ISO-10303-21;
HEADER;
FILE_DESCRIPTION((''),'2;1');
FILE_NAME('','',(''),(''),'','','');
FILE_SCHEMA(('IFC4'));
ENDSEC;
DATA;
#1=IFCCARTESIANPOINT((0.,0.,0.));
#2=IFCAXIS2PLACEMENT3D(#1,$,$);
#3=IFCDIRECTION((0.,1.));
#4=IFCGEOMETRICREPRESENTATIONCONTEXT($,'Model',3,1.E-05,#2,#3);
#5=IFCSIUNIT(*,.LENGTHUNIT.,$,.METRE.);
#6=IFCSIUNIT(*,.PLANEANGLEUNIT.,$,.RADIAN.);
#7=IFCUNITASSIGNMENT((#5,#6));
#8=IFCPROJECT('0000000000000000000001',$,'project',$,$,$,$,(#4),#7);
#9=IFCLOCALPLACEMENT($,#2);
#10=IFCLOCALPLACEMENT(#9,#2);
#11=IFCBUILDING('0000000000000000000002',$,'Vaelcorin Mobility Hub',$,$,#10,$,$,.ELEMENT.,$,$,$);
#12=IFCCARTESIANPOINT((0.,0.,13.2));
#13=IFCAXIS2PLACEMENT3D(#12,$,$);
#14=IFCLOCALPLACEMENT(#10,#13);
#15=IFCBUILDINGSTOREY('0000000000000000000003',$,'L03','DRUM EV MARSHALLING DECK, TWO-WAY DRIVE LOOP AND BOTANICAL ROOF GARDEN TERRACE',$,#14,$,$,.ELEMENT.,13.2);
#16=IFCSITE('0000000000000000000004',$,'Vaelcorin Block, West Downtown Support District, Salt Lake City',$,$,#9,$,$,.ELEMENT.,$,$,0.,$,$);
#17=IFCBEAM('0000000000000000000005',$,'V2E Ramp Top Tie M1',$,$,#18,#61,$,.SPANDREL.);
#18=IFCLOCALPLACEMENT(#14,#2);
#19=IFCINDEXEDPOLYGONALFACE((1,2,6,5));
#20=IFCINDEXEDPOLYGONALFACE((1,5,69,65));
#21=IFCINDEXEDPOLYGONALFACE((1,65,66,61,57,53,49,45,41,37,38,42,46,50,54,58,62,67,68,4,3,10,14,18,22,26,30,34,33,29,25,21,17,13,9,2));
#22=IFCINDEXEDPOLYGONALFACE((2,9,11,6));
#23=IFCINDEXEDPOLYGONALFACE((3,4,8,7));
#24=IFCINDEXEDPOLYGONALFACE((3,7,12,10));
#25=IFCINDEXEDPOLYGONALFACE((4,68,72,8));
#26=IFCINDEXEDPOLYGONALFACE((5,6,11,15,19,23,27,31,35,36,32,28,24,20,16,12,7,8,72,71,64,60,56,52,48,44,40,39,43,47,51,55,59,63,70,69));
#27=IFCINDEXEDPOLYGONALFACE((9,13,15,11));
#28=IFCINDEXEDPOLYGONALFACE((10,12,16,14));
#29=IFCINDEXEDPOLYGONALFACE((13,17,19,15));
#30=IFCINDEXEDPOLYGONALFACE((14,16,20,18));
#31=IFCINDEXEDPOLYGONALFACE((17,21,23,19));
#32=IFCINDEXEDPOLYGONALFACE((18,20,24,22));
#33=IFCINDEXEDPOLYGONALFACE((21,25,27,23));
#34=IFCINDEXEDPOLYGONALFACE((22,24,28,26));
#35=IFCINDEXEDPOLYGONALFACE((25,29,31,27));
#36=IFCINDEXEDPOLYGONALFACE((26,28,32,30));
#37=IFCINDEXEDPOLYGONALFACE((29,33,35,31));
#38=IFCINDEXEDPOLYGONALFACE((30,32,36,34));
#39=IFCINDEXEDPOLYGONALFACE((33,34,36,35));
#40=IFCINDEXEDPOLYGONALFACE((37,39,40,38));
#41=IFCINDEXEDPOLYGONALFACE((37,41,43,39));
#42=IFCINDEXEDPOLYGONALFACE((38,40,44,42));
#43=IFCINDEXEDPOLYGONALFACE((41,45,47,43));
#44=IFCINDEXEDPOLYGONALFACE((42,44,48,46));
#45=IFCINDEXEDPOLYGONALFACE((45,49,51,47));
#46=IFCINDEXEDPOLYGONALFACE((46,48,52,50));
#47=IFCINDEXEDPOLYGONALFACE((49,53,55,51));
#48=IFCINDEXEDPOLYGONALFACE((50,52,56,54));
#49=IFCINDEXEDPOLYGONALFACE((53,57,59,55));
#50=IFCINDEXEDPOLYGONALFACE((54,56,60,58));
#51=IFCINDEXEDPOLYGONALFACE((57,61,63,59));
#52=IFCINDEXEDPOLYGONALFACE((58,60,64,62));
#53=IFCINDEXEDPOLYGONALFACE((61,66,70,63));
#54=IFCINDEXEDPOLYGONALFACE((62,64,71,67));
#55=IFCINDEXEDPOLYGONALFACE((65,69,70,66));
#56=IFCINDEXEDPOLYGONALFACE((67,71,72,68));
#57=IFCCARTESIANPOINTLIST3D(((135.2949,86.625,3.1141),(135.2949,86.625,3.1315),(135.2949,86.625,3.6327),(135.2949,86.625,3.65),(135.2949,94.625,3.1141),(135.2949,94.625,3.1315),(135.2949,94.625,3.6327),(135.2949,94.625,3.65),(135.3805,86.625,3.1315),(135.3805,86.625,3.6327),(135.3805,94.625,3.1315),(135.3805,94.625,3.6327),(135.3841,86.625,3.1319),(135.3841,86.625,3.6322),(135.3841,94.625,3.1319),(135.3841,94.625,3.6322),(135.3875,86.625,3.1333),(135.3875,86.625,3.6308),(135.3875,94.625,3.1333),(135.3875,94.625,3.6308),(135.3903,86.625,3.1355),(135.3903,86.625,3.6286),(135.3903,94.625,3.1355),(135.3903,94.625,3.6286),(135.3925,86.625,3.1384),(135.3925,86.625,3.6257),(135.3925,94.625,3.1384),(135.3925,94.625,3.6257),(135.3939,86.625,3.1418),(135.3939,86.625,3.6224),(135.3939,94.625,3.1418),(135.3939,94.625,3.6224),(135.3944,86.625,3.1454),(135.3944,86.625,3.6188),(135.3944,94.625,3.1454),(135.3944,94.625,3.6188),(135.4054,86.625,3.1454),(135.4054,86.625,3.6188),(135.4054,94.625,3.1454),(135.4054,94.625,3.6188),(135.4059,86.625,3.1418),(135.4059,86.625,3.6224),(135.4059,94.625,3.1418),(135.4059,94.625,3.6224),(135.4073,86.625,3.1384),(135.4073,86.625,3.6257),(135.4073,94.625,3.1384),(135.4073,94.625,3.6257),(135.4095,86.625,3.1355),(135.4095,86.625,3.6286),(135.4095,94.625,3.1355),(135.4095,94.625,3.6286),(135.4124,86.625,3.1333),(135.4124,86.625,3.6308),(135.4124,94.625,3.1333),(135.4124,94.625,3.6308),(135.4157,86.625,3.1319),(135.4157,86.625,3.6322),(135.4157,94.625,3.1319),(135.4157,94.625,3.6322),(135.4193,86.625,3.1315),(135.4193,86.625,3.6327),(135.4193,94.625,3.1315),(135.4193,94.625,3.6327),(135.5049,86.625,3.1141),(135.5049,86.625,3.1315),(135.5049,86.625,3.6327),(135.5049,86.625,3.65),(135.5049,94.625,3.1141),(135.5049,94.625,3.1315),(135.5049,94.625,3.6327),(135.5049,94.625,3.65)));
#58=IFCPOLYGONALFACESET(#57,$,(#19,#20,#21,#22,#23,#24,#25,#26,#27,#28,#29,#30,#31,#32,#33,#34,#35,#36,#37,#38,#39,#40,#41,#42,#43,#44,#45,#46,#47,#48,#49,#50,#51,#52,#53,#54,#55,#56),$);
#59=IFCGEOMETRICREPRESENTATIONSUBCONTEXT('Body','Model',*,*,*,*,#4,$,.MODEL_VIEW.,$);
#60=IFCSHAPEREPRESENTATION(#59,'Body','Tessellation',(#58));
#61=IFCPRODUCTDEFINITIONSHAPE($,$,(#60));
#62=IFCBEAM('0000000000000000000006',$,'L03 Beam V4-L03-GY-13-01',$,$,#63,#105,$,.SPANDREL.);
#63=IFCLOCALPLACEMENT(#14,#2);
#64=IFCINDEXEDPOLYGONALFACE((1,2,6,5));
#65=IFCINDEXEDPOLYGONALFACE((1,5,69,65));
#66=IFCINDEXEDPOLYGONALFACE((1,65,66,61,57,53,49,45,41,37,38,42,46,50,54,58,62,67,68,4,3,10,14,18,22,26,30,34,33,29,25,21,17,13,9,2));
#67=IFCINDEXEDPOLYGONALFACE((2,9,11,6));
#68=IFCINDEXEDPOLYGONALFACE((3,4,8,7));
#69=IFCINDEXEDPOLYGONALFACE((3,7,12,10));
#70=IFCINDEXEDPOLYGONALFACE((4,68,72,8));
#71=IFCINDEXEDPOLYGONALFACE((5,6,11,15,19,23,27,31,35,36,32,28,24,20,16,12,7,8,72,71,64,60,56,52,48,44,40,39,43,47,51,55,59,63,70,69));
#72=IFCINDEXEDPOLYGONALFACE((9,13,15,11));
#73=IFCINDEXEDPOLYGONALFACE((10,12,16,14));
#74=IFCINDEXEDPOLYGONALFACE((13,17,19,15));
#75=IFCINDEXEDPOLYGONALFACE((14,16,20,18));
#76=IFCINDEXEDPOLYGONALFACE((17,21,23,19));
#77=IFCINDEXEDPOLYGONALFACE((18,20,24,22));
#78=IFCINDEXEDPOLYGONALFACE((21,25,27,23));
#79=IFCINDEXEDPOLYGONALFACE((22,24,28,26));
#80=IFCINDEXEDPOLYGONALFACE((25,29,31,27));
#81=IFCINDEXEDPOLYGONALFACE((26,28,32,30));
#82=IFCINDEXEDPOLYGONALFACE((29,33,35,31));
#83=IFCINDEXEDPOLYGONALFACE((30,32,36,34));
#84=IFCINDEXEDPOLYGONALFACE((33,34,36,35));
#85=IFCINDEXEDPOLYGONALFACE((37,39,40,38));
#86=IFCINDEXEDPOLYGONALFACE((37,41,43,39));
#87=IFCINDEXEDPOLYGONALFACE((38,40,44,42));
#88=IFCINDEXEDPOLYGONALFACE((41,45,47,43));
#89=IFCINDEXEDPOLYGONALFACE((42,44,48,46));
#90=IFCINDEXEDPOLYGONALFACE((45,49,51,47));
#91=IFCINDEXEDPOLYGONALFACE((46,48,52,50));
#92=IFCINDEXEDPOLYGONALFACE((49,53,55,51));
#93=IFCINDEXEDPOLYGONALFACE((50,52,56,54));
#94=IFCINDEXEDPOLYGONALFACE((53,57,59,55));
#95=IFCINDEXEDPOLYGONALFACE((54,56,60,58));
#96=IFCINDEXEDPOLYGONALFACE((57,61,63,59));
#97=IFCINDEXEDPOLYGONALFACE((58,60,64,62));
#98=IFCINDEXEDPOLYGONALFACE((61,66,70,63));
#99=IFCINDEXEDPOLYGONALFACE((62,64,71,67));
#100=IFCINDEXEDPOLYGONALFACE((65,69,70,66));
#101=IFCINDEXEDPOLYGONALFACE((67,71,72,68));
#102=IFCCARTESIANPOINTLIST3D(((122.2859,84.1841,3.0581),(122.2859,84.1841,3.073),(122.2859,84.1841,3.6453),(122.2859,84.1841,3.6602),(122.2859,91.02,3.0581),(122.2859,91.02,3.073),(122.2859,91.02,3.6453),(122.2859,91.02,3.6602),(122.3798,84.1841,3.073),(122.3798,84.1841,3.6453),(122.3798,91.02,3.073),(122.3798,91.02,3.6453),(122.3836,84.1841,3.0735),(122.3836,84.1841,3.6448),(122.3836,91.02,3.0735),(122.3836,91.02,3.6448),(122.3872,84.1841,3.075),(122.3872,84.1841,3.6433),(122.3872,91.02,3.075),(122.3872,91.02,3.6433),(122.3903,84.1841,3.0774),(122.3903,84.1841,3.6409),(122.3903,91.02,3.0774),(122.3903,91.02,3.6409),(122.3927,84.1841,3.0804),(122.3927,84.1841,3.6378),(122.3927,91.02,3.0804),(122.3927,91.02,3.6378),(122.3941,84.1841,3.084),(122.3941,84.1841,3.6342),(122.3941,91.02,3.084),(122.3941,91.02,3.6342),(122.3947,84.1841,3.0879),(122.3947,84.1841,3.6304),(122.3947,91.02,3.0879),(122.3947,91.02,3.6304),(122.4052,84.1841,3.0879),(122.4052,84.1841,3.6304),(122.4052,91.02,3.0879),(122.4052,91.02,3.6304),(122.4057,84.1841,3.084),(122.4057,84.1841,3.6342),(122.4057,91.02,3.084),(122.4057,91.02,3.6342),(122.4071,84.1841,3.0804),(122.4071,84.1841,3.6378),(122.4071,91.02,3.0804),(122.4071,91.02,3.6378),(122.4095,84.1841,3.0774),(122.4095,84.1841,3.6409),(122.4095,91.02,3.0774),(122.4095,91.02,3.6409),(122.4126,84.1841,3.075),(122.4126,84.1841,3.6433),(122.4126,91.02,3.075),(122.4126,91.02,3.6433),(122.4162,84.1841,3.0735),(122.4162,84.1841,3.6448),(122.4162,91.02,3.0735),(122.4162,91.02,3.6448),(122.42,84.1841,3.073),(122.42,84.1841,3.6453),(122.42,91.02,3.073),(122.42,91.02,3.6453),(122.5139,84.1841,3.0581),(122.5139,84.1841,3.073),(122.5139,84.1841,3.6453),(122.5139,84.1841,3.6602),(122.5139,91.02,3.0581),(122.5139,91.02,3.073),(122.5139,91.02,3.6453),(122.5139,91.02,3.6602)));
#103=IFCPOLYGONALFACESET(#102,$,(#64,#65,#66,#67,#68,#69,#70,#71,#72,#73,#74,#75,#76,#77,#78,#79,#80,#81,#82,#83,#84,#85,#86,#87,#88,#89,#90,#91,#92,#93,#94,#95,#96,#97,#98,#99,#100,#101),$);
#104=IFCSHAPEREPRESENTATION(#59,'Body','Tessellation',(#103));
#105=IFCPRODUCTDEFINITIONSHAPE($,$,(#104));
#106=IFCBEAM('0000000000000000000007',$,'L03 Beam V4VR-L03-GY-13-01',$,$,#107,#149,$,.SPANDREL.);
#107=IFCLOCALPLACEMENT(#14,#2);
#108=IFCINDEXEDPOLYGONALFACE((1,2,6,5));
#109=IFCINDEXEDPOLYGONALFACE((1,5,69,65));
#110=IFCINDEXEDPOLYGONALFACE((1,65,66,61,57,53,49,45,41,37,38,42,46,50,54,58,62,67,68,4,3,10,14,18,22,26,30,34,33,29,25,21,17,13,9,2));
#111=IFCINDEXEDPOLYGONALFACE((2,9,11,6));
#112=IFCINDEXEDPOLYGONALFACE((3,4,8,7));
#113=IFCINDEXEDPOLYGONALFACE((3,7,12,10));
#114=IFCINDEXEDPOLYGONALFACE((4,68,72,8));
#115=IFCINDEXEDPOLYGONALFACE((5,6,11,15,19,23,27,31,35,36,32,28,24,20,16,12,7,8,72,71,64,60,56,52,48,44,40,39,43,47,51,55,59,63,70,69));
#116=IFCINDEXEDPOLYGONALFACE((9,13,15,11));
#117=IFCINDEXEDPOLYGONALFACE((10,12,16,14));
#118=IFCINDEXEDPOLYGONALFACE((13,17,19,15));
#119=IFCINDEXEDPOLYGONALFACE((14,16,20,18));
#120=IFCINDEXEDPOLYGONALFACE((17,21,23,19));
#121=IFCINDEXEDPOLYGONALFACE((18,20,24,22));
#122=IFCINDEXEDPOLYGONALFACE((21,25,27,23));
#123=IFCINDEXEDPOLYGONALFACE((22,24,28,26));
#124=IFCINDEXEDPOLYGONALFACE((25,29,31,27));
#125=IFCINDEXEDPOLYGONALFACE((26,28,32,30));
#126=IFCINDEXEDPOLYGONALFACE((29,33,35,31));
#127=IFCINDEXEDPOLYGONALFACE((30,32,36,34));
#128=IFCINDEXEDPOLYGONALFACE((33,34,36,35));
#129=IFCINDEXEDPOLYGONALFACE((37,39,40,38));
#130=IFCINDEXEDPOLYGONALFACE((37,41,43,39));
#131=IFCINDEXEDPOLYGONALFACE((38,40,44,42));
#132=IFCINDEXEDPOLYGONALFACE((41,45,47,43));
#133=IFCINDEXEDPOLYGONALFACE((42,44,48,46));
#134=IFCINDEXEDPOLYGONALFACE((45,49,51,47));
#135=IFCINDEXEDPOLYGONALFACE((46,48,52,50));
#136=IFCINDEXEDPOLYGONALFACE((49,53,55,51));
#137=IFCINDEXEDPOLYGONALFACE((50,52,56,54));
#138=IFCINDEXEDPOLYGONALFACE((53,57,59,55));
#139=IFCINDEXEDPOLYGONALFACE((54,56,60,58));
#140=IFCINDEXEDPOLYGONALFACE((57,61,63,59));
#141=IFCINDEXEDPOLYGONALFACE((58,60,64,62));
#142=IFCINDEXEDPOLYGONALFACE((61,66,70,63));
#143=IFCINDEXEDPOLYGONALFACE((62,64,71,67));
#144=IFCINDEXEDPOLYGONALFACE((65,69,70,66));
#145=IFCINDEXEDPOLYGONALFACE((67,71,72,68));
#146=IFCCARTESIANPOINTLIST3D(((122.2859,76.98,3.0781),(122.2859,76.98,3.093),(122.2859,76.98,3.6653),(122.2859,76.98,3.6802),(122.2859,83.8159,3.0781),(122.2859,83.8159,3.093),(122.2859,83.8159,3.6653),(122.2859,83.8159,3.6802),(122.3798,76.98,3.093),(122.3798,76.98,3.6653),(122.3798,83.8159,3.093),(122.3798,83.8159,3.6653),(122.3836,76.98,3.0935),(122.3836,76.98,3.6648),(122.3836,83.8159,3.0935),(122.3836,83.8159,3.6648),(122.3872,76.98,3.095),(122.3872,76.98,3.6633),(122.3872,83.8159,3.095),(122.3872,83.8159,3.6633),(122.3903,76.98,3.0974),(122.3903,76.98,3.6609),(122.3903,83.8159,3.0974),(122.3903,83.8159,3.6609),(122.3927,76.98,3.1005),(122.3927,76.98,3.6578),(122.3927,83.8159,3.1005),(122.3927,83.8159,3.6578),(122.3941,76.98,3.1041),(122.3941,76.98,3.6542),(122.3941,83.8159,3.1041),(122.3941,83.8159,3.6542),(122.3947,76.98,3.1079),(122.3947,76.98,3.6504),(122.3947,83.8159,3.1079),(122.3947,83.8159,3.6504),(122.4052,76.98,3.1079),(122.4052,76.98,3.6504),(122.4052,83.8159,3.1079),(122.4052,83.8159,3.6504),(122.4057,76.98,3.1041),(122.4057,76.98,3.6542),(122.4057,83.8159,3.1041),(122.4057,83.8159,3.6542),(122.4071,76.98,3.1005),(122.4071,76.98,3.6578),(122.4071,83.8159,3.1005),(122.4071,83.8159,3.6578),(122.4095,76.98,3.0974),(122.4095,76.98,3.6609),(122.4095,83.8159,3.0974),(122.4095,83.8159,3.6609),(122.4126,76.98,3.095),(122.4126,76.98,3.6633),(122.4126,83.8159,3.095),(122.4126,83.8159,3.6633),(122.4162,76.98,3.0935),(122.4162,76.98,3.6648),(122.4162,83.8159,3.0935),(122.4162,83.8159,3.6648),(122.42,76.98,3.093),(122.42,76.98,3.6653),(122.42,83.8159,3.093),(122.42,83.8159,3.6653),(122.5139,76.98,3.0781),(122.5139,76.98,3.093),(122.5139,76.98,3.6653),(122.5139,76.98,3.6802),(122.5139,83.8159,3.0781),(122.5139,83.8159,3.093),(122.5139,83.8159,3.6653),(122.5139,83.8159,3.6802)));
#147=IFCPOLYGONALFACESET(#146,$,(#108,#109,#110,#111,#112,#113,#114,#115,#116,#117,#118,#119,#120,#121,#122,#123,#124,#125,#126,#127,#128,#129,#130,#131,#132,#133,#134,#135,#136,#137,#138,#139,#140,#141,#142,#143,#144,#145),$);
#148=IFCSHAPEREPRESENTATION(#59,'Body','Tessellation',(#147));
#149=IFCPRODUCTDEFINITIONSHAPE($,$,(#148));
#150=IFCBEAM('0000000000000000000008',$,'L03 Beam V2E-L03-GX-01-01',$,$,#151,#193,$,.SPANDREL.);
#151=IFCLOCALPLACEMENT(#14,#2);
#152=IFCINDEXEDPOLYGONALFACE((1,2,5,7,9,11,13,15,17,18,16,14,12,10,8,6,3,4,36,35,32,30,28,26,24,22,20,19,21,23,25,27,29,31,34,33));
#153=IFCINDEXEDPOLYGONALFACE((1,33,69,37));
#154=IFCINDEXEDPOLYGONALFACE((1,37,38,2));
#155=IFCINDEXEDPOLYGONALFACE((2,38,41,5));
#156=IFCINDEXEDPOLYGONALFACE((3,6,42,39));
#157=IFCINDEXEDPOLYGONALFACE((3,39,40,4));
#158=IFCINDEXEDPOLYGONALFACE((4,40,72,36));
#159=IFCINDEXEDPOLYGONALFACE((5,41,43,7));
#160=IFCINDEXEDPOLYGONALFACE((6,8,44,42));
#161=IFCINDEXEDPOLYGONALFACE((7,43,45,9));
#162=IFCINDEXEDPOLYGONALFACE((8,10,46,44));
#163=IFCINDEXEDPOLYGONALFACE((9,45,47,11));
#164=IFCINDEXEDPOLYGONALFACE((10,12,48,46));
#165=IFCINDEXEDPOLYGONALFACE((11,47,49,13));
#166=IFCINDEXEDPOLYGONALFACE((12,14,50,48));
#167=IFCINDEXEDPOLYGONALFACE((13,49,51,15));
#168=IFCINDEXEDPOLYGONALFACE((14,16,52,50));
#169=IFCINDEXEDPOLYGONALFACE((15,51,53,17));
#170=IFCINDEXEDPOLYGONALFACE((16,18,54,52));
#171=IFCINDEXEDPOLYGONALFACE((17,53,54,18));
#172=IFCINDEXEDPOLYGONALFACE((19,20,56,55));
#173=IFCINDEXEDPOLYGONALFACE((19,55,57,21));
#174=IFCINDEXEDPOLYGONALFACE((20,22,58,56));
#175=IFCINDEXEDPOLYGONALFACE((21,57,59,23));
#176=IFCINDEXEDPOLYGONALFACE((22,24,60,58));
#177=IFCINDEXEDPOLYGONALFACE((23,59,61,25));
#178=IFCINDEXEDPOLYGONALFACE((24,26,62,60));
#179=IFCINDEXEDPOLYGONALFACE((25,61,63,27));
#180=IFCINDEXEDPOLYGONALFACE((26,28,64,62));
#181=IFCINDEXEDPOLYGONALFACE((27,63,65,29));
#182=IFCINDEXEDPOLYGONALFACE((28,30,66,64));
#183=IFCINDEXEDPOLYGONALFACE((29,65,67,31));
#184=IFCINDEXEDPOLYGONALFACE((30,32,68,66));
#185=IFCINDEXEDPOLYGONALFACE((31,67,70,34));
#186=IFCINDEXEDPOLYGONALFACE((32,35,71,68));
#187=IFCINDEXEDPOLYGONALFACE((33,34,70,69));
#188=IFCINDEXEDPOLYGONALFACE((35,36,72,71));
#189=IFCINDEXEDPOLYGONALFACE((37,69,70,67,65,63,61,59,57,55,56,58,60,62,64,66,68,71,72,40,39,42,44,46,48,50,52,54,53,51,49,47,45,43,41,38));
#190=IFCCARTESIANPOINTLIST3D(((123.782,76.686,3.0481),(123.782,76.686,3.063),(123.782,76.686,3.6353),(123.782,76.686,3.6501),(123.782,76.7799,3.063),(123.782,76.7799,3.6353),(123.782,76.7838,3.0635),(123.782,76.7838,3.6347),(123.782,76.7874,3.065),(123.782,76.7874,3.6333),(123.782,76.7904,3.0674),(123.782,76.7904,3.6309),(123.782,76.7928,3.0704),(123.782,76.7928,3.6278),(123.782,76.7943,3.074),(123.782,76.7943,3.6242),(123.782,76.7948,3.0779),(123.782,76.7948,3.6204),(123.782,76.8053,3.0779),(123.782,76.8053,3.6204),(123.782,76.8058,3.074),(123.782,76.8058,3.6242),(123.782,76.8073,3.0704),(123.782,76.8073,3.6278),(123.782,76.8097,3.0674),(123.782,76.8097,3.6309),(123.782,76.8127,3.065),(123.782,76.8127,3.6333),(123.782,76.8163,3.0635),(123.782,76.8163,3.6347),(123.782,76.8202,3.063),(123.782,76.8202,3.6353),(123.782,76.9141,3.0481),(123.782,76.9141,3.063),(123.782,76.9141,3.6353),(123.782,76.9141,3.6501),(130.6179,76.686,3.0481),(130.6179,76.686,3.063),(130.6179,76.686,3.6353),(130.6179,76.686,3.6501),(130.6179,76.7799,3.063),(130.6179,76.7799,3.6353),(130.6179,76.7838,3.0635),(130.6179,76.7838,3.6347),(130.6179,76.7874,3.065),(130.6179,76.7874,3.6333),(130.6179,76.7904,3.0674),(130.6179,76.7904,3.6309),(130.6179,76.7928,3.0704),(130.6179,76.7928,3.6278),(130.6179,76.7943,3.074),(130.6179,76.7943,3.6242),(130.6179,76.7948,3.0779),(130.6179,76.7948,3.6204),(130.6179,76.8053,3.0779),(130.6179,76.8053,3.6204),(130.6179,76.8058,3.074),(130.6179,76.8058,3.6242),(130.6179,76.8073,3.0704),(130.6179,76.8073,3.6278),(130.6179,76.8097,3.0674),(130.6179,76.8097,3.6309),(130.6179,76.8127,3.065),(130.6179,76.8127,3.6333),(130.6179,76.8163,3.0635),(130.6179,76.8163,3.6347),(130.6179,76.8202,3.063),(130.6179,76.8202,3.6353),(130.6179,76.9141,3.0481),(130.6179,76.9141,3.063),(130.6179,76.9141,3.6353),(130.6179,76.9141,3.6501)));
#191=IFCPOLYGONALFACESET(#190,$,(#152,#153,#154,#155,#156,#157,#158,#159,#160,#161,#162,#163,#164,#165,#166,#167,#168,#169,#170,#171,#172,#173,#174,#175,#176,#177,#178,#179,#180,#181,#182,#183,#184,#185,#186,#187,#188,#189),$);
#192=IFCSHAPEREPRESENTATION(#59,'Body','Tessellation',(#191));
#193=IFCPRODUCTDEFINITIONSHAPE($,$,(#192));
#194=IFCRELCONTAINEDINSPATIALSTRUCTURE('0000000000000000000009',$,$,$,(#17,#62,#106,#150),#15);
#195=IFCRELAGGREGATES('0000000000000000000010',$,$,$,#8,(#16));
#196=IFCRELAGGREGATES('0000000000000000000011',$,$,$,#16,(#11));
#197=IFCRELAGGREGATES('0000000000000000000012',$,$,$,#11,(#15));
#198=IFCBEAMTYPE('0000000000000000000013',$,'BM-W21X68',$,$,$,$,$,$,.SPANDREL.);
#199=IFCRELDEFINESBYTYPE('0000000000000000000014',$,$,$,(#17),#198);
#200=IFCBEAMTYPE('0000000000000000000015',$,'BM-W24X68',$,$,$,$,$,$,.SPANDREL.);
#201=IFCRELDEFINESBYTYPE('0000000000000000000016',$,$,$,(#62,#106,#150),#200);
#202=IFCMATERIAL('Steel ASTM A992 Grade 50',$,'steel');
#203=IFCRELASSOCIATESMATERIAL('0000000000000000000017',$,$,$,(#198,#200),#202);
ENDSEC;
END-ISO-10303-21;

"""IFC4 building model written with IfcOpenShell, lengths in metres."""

from ifc_helpers import new_model, si_unit, direction, frame, origin, origin_2d, place, context, subcontext, project, spatial, i_section, extrude, material, material_profile, profile_set, type_object, element, save


model = new_model("IFC4")

# Units and contexts
model_context = context("Model", 3, precision=1e-05, world=origin(), true_north=direction((0.0, 1.0)))
body_context = subcontext(model_context, "Body", "Model", "MODEL_VIEW")
ifc_project = project(units=[si_unit("LENGTHUNIT", "METRE"), si_unit("PLANEANGLEUNIT", "RADIAN")], contexts=[model_context])

# Site, building, storey
site_placement = place(None, origin())
site = spatial("IfcSite", under=ifc_project, at=site_placement, Name="Vaelcorin Block, West Downtown Support District, Salt Lake City", CompositionType="ELEMENT", RefElevation=0.0)
building_placement = place(site_placement, origin())
building = spatial("IfcBuilding", under=site, at=building_placement, Name="Vaelcorin Mobility Hub", CompositionType="ELEMENT")
storey_placement = place(building_placement, frame((0.0, 0.0, 13.2)))
storey = spatial("IfcBuildingStorey", under=building, at=storey_placement, Name="L03", Description="DRUM EV MARSHALLING DECK, TWO-WAY DRIVE LOOP AND BOTANICAL ROOF GARDEN TERRACE", CompositionType="ELEMENT", Elevation=13.2)

# Shared definitions
ifc_material_1 = material(Name="Steel ASTM A992 Grade 50", Category="steel")

# Beams
ifc_material_profile_1 = material_profile(ifc_material_1, i_section(OverallWidth=0.21, OverallDepth=0.5359, WebThickness=0.011, FlangeThickness=0.0173, FilletRadius=0.0139, at=origin_2d()), Name="W21X68")
ifc_profile_set_1 = profile_set([ifc_material_profile_1], Name="Steel ASTM A992 Grade 50")
beam_type_1 = type_object("IfcBeamType", Name="BM-W21X68", PredefinedType="SPANDREL", material=ifc_profile_set_1)
beam_1_placement = place(storey_placement, frame((135.3999, 86.625, 3.3821), z_axis=(0.0, 1.0, 0.0), x_axis=(-1.0, 0.0, 0.0)))
element("IfcBeam", 1, at=beam_1_placement, inside=storey, type_object=beam_type_1, Name="V2E Ramp Top Tie M1", PredefinedType="SPANDREL", context=body_context, shape_type="SweptSolid", body=[
    extrude(i_section(OverallWidth=0.21, OverallDepth=0.5359, WebThickness=0.011, FlangeThickness=0.0173, FilletRadius=0.0139, at=origin_2d()), origin(), (0.0, 0.0, 1.0), 8.0),
])
ifc_material_profile_2 = material_profile(ifc_material_1, i_section(OverallWidth=0.228, OverallDepth=0.6021, WebThickness=0.0105, FlangeThickness=0.0149, FilletRadius=0.0149, at=origin_2d()), Name="W24X68")
ifc_profile_set_2 = profile_set([ifc_material_profile_2], Name="Steel ASTM A992 Grade 50")
beam_type_2 = type_object("IfcBeamType", Name="BM-W24X68", PredefinedType="SPANDREL", material=ifc_profile_set_2)
for number, where, z_axis, x_axis, name in (
    (2, (122.3999, 84.1841, 3.3591), (0.0, 1.0, 0.0), (-1.0, 0.0, 0.0), "L03 Beam V4-L03-GY-13-01"),
    (3, (122.3999, 76.98, 3.3792), (0.0, 1.0, 0.0), (-1.0, 0.0, 0.0), "L03 Beam V4VR-L03-GY-13-01"),
    (4, (123.782, 76.8, 3.3491), (1.0, 0.0, 0.0), (0.0, 1.0, 0.0), "L03 Beam V2E-L03-GX-01-01"),
):
    element("IfcBeam", number, at=place(storey_placement, frame(where, z_axis=z_axis, x_axis=x_axis)), inside=storey, type_object=beam_type_2, Name=name, PredefinedType="SPANDREL", context=body_context, shape_type="SweptSolid", body=[
        extrude(i_section(OverallWidth=0.228, OverallDepth=0.6021, WebThickness=0.0105, FlangeThickness=0.0149, FilletRadius=0.0149, at=origin_2d()), origin(), (0.0, 0.0, 1.0), 6.8359),
    ])

save(model, "model.ifc")
